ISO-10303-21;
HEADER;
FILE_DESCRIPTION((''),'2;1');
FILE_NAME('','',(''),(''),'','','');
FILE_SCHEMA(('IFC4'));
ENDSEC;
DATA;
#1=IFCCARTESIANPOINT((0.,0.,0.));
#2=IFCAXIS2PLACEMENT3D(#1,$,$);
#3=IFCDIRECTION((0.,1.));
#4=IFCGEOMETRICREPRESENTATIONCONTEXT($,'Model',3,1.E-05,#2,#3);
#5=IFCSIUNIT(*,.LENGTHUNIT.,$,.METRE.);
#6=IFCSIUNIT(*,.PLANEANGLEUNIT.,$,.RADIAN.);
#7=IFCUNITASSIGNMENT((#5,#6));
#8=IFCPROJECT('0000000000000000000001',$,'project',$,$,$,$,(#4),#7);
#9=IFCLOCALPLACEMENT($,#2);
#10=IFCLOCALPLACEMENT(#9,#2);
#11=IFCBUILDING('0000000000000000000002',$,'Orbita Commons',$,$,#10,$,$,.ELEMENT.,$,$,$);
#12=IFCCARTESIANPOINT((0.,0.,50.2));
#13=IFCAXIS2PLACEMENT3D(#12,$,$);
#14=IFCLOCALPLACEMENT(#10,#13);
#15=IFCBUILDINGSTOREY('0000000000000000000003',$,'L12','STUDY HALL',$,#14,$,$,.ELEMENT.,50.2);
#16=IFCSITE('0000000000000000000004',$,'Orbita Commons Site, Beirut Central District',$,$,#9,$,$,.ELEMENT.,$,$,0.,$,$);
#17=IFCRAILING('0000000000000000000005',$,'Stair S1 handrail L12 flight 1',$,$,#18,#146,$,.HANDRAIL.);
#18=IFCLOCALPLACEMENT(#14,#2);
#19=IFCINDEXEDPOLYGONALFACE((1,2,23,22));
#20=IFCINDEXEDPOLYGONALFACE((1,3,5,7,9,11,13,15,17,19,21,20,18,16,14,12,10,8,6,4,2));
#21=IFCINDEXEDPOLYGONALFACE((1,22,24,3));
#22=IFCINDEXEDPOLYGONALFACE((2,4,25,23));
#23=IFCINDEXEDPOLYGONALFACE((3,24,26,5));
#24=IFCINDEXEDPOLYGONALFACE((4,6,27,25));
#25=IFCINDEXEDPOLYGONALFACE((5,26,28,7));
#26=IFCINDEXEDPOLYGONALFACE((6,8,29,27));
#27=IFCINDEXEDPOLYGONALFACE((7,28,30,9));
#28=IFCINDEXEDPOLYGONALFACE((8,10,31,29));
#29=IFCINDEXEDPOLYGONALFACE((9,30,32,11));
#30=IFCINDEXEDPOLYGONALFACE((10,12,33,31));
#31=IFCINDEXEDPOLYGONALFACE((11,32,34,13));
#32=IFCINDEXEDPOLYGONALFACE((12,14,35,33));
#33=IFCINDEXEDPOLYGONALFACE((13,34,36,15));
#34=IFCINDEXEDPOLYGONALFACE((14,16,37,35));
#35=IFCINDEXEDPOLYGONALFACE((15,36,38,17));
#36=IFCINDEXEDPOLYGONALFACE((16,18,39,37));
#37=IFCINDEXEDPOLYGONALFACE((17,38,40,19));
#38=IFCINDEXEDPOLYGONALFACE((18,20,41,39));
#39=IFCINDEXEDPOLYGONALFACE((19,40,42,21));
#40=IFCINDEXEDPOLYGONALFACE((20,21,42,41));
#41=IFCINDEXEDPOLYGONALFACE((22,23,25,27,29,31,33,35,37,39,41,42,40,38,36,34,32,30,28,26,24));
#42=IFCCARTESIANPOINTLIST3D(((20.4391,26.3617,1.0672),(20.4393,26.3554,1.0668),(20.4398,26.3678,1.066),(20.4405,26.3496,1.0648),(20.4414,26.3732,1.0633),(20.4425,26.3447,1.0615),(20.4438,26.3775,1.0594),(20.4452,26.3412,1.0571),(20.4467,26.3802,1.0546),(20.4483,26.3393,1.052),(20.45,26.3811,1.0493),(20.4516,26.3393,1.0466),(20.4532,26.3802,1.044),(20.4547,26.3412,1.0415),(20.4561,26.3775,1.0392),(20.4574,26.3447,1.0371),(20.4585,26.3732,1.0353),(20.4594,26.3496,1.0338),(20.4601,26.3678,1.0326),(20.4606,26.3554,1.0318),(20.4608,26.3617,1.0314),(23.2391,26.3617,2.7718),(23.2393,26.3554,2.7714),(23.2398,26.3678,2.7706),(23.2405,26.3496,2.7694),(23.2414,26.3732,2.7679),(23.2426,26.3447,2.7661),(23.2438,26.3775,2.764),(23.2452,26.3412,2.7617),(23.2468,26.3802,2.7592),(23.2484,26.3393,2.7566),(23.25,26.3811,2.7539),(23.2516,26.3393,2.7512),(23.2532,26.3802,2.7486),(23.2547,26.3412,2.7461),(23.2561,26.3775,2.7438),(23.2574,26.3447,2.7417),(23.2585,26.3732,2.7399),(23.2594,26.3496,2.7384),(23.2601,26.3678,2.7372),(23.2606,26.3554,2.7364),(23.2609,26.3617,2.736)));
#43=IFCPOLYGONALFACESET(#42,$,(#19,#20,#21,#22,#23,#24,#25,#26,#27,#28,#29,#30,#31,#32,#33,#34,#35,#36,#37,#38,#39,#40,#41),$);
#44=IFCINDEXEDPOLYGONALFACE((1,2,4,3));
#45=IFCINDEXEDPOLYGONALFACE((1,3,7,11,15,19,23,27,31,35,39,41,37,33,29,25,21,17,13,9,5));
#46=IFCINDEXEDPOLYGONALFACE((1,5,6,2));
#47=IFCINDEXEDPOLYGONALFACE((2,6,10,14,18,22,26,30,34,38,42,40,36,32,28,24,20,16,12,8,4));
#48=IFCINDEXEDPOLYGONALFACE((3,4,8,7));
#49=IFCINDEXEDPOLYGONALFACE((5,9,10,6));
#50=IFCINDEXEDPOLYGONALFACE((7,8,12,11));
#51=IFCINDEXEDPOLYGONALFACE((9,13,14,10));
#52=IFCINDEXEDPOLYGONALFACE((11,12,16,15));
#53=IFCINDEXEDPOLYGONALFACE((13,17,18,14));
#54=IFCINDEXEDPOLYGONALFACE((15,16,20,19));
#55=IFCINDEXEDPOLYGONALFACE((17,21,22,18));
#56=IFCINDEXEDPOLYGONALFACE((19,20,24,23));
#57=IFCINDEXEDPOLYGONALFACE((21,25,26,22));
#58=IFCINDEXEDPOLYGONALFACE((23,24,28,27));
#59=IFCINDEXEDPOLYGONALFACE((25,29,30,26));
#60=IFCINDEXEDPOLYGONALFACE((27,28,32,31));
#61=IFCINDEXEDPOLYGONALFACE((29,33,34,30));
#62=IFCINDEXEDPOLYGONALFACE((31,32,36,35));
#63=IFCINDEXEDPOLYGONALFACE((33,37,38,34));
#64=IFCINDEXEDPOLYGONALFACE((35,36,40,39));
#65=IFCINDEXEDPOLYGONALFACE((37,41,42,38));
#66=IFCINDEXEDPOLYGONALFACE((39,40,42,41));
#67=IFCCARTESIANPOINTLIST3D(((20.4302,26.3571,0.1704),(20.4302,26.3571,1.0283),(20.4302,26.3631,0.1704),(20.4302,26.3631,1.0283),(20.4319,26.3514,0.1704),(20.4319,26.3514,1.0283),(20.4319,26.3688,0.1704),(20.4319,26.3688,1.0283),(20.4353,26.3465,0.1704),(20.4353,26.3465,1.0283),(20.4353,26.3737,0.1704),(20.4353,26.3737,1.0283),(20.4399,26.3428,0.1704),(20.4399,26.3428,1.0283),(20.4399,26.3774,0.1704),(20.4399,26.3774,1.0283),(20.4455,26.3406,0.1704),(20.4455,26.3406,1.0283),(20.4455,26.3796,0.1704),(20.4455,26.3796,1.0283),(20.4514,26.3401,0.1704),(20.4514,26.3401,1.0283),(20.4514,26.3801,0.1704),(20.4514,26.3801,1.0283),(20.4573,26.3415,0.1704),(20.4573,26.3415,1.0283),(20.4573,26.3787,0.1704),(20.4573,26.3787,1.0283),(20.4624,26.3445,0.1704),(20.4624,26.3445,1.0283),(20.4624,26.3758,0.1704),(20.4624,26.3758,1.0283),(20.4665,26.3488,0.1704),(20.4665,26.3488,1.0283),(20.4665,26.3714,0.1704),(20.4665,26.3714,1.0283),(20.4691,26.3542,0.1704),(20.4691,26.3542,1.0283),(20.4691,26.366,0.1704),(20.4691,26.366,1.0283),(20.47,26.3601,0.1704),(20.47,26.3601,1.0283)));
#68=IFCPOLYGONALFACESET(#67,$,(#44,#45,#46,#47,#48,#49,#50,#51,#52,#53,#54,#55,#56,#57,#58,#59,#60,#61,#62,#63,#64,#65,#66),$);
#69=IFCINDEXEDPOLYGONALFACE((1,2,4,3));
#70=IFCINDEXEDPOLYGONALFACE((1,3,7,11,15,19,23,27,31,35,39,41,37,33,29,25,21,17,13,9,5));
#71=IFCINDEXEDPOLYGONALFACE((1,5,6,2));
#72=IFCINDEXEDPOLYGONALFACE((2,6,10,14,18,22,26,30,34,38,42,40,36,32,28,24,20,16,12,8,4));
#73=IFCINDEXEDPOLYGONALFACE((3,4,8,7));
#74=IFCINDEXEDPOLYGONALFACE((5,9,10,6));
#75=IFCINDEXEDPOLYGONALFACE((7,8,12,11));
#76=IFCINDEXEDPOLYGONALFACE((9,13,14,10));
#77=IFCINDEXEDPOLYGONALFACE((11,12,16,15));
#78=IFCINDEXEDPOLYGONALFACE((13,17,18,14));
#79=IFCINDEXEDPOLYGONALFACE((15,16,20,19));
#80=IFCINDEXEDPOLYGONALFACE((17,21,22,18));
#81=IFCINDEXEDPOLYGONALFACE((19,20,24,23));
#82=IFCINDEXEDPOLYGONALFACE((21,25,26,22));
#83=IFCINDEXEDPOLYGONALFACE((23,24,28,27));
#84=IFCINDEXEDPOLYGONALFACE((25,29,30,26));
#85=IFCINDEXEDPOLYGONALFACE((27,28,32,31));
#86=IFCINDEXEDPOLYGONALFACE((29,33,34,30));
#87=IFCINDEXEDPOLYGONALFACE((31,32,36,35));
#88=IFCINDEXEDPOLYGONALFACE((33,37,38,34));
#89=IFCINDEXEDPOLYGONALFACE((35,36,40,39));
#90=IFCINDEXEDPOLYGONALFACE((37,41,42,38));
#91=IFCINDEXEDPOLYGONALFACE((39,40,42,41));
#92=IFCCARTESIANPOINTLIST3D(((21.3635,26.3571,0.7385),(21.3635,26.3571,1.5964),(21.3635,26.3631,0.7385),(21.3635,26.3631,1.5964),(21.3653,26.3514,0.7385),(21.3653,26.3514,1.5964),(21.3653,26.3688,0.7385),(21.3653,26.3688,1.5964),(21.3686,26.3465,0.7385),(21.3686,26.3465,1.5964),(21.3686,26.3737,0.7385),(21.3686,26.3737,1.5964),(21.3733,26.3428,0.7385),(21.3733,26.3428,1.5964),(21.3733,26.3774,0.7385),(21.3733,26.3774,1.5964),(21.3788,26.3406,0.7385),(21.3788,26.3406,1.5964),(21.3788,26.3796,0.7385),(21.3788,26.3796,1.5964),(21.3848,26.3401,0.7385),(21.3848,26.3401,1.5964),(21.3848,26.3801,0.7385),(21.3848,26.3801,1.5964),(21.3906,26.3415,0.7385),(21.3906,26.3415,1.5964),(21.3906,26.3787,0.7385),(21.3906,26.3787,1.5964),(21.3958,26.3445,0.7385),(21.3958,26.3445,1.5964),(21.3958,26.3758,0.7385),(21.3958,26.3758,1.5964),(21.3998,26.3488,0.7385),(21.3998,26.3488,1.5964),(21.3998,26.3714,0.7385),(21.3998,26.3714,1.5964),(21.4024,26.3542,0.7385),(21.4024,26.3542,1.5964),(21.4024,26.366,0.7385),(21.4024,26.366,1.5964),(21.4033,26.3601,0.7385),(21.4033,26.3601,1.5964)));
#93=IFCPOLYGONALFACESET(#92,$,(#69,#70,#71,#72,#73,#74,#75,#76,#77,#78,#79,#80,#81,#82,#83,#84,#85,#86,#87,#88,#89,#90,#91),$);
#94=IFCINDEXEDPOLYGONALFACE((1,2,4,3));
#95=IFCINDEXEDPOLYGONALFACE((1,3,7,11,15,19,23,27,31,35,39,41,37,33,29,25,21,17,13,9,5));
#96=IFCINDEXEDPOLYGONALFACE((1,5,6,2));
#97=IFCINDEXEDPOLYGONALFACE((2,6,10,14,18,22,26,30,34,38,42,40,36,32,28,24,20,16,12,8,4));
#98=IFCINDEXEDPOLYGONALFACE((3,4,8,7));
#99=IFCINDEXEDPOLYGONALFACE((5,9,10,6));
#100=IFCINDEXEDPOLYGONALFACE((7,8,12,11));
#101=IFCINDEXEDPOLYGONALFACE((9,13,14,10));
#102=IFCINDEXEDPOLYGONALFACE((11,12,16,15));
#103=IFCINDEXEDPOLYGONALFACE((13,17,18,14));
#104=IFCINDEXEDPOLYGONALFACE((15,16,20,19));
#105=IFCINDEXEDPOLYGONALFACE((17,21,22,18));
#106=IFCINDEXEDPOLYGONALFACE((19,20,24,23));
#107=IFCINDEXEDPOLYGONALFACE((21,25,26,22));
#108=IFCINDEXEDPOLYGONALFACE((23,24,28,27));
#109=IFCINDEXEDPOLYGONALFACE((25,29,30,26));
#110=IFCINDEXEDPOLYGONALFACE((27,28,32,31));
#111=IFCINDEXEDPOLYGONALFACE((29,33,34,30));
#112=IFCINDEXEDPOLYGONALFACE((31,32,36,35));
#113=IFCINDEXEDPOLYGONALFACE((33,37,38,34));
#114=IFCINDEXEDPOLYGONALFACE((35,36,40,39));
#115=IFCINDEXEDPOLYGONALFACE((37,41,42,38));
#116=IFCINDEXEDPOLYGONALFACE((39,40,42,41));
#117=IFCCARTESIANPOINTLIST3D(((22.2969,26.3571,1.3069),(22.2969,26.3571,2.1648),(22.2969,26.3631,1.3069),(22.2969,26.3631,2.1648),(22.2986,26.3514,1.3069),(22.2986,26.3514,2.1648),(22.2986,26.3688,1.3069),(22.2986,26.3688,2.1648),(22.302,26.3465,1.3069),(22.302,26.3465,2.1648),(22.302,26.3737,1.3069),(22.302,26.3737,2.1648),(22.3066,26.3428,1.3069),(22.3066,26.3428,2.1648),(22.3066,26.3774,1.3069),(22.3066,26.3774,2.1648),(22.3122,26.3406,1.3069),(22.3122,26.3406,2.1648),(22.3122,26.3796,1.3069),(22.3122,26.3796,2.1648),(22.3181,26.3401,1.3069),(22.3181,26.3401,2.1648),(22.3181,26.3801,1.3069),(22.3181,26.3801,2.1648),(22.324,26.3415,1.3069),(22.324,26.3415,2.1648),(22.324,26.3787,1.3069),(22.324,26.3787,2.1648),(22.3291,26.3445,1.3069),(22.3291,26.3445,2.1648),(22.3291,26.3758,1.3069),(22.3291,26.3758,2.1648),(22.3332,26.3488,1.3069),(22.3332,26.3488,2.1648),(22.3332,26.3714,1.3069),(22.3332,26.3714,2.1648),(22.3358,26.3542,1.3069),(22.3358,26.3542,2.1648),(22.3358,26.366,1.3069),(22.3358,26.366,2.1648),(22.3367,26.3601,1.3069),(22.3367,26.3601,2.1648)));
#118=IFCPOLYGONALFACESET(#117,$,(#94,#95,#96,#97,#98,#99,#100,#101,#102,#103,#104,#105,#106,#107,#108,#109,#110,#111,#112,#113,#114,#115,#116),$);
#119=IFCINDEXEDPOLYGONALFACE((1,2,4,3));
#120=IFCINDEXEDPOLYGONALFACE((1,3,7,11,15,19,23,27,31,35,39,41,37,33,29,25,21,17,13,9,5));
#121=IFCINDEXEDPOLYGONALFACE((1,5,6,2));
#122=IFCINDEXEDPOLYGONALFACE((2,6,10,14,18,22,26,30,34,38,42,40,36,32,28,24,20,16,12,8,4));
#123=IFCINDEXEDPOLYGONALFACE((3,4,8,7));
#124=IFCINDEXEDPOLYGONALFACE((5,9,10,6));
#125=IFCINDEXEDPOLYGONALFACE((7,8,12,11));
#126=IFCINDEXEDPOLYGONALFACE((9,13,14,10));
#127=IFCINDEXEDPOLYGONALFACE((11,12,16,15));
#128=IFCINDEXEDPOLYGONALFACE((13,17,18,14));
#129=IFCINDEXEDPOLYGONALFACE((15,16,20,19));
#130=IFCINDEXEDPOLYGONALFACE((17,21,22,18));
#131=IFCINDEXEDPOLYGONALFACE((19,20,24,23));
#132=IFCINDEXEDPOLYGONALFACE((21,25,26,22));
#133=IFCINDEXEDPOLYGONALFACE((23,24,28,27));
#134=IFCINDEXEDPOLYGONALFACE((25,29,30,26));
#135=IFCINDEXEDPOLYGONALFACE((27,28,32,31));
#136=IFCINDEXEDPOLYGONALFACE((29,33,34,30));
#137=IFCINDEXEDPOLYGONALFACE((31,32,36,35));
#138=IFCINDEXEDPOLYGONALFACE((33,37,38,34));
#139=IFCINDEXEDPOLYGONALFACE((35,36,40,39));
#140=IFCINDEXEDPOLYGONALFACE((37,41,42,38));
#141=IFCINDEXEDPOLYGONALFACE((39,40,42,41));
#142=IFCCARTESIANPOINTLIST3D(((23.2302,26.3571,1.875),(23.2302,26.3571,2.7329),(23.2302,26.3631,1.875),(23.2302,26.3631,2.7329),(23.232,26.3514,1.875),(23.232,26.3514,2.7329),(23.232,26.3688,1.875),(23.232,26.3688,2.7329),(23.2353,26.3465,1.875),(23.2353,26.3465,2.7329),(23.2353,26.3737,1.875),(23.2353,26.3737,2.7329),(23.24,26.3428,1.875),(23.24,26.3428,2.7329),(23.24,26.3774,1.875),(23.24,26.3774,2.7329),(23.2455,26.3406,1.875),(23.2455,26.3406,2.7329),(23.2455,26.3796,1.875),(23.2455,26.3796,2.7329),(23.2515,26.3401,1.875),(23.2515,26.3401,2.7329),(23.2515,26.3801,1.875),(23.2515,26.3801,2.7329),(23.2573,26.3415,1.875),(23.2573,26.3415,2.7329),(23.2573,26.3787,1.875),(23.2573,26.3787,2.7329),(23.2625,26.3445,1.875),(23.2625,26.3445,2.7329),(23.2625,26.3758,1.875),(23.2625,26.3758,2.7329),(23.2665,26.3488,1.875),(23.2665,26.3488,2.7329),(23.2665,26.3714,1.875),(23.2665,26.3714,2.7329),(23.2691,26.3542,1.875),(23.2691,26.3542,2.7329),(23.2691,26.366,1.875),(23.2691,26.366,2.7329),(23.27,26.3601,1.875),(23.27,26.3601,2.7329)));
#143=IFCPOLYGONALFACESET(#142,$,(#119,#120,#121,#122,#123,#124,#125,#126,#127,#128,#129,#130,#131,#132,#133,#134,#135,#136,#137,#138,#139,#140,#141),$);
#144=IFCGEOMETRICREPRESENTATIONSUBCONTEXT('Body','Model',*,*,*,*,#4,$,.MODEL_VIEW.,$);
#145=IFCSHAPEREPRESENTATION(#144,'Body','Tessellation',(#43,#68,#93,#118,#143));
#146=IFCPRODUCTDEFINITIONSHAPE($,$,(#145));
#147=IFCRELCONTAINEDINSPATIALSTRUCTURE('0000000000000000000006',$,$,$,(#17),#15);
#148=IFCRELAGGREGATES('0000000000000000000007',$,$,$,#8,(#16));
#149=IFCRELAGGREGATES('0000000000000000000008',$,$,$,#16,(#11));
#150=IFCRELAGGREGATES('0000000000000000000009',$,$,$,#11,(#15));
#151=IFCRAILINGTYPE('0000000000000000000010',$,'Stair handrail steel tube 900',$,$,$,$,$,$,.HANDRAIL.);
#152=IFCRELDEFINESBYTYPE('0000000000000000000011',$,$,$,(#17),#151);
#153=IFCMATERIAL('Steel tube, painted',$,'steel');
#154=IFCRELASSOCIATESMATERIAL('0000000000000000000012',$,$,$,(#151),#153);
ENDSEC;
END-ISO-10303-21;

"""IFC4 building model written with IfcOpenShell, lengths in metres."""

from ifc_helpers import new_model, si_unit, direction, frame, origin, origin_2d, place, context, subcontext, project, spatial, circle, extrude, material, type_object, element, save


model = new_model("IFC4")

# Units and contexts
model_context = context("Model", 3, precision=1e-05, world=origin(), true_north=direction((0.0, 1.0)))
body_context = subcontext(model_context, "Body", "Model", "MODEL_VIEW")
ifc_project = project(units=[si_unit("LENGTHUNIT", "METRE"), si_unit("PLANEANGLEUNIT", "RADIAN")], contexts=[model_context])

# Site, building, storey
site_placement = place(None, origin())
site = spatial("IfcSite", under=ifc_project, at=site_placement, Name="Orbita Commons Site, Beirut Central District", CompositionType="ELEMENT", RefElevation=0.0)
building_placement = place(site_placement, origin())
building = spatial("IfcBuilding", under=site, at=building_placement, Name="Orbita Commons", CompositionType="ELEMENT")
storey_placement = place(building_placement, frame((0.0, 0.0, 50.2)))
storey = spatial("IfcBuildingStorey", under=building, at=storey_placement, Name="L12", Description="STUDY HALL", CompositionType="ELEMENT", Elevation=50.2)

# Railing
ifc_material_1 = material(Name="Steel tube, painted", Category="steel")
railing_type = type_object("IfcRailingType", Name="Stair handrail steel tube 900", PredefinedType="HANDRAIL", material=ifc_material_1)
for number, where, name in (
    (1, (20.45, 26.3601, 0.1704), "Stair S1 handrail L12 flight 1"),
):
    element("IfcRailing", number, at=place(storey_placement, frame(where)), inside=storey, type_object=railing_type, Name=name, PredefinedType="HANDRAIL", context=body_context, shape_type="SweptSolid", body=[
        extrude(circle(Radius=0.021, at=origin_2d()), frame((0.0, 0.0, 0.8789), z_axis=(0.85417, 0.0, 0.519994), x_axis=(0.0, 1.0, 0.0)), (0.0, 0.0, 1.0), 3.2781),
        extrude(circle(Radius=0.02, at=origin_2d()), origin(), (0.0, 0.0, 1.0), 0.8579),
        extrude(circle(Radius=0.02, at=origin_2d()), frame((0.9333, 0.0, 0.5681)), (0.0, 0.0, 1.0), 0.8579),
        extrude(circle(Radius=0.02, at=origin_2d()), frame((1.8667, 0.0, 1.1365)), (0.0, 0.0, 1.0), 0.8579),
        extrude(circle(Radius=0.02, at=origin_2d()), frame((2.8, 0.0, 1.7046)), (0.0, 0.0, 1.0), 0.8579),
    ])

save(model, "model.ifc")
